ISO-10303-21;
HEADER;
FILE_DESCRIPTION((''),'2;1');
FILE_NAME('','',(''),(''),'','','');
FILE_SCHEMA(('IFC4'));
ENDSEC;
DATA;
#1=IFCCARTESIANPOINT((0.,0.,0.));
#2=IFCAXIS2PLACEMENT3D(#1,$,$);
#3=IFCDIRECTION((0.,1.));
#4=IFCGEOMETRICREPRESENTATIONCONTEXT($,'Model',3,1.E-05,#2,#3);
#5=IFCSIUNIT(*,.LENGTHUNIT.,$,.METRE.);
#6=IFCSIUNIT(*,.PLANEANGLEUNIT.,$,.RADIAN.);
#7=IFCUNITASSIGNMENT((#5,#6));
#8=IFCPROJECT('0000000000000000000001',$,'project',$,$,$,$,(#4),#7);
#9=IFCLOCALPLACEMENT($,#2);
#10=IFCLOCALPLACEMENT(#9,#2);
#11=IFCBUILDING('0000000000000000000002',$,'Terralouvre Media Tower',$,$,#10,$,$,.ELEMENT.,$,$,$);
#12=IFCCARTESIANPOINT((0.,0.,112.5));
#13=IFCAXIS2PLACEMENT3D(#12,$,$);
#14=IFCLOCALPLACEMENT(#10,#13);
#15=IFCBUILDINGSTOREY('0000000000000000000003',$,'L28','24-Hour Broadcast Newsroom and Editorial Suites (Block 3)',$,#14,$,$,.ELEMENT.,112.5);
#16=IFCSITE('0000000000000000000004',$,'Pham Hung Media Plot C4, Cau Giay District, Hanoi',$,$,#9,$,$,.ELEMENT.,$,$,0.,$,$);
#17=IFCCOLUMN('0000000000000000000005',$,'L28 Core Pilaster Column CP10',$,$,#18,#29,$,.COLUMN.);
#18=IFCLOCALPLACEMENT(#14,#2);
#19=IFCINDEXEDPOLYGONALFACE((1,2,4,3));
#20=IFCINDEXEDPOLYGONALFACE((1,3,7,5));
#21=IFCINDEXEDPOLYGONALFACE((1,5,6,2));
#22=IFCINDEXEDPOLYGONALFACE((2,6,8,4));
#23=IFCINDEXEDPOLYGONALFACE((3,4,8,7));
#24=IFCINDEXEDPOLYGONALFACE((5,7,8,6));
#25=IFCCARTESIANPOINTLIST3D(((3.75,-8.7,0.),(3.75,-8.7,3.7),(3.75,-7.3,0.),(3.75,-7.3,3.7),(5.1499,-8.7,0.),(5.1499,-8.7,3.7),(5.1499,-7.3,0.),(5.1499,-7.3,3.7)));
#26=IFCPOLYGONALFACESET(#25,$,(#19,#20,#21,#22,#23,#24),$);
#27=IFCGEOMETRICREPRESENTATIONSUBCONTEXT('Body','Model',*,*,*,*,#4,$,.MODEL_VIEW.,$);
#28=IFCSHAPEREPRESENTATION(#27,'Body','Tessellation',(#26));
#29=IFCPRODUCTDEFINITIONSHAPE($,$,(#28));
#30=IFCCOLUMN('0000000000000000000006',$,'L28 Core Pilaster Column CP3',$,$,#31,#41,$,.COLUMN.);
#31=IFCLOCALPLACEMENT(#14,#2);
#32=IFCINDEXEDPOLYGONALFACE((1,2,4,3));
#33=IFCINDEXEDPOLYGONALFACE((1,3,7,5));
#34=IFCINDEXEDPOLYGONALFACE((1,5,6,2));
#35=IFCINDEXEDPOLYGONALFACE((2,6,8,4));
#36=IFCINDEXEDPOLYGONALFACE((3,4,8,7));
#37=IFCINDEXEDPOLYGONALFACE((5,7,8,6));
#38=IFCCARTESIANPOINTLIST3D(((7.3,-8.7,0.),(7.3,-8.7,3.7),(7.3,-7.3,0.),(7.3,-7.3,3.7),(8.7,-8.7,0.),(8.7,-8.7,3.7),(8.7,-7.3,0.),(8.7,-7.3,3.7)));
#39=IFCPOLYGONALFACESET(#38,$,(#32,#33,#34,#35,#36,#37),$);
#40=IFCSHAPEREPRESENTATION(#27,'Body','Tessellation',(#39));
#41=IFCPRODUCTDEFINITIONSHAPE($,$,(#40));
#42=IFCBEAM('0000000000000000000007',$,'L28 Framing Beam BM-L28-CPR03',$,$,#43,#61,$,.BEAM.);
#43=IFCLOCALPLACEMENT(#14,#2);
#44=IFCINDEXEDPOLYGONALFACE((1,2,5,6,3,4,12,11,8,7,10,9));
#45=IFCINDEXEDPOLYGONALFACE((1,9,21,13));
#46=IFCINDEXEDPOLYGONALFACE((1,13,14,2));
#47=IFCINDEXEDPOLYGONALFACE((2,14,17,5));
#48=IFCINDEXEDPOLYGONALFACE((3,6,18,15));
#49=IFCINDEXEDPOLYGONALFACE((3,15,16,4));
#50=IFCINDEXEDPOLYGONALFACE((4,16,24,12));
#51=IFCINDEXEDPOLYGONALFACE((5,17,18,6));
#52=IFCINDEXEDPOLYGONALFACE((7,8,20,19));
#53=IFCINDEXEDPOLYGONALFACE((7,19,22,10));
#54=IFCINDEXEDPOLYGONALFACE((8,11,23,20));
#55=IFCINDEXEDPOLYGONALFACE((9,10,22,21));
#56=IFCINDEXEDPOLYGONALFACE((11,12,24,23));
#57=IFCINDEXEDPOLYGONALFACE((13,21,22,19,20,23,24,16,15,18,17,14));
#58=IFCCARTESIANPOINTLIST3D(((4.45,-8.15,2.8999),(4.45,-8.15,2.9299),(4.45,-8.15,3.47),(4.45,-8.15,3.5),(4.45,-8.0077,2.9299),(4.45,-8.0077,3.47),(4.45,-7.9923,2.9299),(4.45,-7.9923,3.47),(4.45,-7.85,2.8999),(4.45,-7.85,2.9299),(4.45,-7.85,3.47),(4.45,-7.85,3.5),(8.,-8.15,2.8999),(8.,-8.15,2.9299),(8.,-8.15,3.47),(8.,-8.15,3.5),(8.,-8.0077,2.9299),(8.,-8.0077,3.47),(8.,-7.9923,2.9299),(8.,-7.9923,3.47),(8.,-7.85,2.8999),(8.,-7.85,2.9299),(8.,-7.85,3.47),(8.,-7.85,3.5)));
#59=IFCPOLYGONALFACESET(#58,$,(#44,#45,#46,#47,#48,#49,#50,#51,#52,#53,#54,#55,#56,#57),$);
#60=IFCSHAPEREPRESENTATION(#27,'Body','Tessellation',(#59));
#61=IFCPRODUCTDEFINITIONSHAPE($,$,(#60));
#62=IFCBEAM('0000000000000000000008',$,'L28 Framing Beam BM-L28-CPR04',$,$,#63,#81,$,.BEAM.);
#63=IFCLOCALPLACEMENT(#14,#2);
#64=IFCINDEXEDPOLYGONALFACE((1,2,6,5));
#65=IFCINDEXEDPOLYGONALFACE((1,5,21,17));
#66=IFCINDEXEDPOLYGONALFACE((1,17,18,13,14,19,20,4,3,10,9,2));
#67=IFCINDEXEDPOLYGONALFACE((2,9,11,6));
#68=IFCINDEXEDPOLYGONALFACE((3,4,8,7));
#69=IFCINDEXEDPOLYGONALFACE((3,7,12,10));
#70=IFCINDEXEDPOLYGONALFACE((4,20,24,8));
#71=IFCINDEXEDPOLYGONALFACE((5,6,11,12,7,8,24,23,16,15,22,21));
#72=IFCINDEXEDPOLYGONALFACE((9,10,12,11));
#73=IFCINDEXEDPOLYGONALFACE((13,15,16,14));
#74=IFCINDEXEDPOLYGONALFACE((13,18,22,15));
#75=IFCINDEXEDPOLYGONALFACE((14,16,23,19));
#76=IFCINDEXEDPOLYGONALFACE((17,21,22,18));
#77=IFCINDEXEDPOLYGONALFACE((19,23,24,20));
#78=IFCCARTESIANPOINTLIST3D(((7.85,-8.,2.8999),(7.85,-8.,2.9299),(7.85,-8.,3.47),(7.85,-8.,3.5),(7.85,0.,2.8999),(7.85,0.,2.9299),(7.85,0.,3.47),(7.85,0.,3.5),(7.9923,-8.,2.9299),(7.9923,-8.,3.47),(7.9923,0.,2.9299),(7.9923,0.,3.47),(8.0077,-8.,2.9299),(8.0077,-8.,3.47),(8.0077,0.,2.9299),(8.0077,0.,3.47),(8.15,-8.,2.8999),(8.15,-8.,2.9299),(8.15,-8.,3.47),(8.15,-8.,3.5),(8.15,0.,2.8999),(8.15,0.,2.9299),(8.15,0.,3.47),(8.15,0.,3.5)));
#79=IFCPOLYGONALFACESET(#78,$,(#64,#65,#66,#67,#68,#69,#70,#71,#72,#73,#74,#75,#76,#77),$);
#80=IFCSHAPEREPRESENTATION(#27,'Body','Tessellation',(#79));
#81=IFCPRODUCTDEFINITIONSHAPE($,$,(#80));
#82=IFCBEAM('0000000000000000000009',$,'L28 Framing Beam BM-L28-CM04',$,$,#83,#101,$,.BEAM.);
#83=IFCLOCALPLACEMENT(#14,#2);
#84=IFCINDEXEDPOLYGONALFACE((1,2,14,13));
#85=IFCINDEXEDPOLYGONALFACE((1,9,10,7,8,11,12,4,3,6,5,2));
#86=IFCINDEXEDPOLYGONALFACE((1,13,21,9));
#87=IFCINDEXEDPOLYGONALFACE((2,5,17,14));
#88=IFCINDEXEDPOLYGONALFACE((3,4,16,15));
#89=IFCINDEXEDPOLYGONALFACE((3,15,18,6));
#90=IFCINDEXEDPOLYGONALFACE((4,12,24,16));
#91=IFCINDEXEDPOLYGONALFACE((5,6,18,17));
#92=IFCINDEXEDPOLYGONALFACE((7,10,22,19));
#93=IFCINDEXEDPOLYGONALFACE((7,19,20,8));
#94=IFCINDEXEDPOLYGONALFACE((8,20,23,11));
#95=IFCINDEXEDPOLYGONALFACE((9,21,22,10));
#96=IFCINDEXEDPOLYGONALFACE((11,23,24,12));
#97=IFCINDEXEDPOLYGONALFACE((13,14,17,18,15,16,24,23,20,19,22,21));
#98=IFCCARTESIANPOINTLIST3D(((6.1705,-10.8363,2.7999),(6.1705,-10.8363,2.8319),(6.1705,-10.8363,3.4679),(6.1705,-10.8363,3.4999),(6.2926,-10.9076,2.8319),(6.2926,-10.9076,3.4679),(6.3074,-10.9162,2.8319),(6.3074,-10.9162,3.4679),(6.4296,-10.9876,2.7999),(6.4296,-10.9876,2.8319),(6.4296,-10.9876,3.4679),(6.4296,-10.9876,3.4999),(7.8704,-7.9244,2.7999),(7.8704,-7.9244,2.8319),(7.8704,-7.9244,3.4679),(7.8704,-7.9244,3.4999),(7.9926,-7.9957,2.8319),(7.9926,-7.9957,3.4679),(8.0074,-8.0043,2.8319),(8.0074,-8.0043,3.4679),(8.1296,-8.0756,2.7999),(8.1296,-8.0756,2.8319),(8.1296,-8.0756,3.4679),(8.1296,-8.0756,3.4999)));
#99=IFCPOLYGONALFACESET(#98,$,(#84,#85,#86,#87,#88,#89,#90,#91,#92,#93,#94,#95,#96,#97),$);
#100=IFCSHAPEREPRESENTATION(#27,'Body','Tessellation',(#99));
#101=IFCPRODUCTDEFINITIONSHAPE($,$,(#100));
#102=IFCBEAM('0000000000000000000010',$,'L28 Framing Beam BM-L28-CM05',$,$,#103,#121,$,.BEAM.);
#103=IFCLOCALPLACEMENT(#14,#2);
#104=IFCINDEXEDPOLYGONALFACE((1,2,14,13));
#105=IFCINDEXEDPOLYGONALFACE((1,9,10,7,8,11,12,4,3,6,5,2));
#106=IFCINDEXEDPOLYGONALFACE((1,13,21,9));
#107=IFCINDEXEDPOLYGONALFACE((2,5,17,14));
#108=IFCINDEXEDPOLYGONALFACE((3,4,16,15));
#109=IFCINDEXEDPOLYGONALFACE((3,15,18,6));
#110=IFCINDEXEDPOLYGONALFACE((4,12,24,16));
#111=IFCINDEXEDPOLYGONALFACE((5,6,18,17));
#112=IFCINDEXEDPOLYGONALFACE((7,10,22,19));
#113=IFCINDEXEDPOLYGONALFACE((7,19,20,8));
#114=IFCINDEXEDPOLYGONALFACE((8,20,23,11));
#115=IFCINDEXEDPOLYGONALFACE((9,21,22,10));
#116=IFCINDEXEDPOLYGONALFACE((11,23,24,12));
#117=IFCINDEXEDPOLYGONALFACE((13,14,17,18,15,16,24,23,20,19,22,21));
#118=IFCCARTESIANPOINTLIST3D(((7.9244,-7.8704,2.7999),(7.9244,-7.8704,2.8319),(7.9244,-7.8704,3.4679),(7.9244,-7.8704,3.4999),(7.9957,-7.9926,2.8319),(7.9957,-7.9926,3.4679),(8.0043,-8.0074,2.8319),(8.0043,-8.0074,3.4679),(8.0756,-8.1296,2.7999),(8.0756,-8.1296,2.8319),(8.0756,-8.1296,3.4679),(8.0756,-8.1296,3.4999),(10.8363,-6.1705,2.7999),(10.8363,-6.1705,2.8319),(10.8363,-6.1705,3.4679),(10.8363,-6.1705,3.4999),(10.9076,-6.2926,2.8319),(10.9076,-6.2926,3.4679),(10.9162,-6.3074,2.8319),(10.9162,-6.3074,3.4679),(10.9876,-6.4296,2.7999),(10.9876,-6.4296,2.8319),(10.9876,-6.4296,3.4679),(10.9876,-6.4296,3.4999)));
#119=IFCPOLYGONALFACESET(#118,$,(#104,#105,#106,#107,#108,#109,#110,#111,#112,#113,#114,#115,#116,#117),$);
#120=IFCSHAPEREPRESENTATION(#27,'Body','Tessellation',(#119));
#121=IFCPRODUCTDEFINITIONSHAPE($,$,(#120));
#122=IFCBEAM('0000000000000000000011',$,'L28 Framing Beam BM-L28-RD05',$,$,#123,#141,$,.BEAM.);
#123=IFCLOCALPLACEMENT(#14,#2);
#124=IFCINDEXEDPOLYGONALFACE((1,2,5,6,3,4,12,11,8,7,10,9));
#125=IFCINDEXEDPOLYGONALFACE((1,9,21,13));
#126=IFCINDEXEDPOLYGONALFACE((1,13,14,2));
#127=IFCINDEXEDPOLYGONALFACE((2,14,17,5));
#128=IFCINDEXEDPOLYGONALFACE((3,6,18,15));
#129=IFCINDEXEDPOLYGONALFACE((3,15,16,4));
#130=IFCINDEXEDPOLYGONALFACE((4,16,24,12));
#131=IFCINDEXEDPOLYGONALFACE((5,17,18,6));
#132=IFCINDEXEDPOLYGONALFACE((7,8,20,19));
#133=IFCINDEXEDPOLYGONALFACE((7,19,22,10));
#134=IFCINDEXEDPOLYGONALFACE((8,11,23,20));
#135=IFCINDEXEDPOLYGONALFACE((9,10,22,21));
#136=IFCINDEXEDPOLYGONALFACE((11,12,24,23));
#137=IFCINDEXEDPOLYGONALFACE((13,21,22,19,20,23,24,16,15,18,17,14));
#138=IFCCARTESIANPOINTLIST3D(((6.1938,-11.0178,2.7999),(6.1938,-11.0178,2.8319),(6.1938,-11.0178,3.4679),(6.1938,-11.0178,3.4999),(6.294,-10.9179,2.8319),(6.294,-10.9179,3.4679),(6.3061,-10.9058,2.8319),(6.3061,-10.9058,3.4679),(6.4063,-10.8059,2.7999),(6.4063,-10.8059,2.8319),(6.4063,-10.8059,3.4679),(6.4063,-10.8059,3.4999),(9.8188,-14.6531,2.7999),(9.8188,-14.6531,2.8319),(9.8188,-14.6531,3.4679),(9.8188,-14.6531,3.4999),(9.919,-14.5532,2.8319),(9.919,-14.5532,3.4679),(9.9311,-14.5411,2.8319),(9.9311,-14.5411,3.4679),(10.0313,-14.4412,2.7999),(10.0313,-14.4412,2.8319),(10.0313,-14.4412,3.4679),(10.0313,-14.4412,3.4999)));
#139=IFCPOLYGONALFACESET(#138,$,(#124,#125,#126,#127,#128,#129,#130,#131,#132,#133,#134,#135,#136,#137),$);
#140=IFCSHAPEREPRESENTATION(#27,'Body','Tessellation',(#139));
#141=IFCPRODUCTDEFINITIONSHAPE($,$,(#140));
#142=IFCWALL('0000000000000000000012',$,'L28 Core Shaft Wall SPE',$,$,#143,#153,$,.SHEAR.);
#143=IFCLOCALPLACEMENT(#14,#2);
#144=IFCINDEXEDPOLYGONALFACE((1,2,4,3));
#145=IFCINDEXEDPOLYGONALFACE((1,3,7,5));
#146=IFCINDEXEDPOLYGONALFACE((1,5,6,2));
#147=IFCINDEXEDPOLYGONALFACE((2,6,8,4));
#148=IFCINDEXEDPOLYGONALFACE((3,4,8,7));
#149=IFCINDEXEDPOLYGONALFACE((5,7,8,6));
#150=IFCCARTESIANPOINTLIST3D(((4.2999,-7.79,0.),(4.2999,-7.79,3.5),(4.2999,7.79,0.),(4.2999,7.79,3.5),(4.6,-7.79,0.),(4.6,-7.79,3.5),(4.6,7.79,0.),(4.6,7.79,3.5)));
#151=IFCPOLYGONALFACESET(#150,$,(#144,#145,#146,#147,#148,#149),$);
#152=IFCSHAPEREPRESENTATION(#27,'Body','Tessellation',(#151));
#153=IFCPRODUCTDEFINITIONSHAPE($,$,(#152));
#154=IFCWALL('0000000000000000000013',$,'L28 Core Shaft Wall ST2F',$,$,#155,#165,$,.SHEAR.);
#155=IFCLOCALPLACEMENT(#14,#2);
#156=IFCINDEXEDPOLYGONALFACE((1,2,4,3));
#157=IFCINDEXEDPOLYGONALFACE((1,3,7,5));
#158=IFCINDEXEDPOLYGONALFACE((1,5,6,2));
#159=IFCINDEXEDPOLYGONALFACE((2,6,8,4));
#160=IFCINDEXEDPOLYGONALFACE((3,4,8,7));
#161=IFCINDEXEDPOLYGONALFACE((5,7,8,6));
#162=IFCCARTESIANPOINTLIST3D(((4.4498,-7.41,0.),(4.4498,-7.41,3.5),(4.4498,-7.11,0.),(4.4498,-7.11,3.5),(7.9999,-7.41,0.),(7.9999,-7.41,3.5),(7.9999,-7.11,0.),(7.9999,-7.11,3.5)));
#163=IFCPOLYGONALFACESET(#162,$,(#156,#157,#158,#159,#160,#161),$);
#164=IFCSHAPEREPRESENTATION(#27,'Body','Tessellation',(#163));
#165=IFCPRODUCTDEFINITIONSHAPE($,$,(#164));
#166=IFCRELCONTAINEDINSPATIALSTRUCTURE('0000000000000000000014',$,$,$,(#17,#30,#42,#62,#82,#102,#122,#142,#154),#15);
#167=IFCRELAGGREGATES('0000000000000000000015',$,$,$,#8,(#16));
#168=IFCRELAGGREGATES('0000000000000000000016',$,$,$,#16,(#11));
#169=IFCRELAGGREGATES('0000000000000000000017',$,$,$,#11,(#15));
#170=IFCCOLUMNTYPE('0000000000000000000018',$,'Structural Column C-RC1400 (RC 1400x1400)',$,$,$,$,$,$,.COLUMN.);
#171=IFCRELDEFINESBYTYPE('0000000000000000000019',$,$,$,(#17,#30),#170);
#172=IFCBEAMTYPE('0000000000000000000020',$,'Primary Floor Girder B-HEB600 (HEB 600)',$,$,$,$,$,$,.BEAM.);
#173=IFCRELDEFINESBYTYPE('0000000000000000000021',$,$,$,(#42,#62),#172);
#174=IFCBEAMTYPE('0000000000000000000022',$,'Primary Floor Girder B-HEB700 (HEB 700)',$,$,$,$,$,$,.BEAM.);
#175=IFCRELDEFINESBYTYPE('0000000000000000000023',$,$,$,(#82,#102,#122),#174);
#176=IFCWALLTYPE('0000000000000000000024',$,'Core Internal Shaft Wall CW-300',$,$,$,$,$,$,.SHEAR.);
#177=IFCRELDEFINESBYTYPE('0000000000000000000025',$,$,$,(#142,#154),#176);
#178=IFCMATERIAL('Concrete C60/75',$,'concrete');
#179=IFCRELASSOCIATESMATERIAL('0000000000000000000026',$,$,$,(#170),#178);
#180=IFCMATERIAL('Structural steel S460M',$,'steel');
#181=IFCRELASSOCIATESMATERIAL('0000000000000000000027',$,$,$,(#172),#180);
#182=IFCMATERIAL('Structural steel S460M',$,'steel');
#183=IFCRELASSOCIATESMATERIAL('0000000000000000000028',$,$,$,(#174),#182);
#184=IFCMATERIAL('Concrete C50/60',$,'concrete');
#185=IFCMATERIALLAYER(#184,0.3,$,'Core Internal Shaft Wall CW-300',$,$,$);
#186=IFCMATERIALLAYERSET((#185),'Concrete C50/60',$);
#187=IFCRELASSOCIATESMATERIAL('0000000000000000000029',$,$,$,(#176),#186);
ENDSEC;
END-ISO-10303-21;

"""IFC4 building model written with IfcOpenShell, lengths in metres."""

from ifc_helpers import new_model, si_unit, direction, frame, frame_2d, origin, origin_2d, place, context, subcontext, project, spatial, rectangle, i_section, extrude, material, layer, layer_set, material_profile, profile_set, type_object, element, save


model = new_model("IFC4")

# Units and contexts
model_context = context("Model", 3, precision=1e-05, world=origin(), true_north=direction((0.0, 1.0)))
body_context = subcontext(model_context, "Body", "Model", "MODEL_VIEW")
ifc_project = project(units=[si_unit("LENGTHUNIT", "METRE"), si_unit("PLANEANGLEUNIT", "RADIAN")], contexts=[model_context])

# Site, building, storey
site_placement = place(None, origin())
site = spatial("IfcSite", under=ifc_project, at=site_placement, Name="Pham Hung Media Plot C4, Cau Giay District, Hanoi", CompositionType="ELEMENT", RefElevation=0.0)
building_placement = place(site_placement, origin())
building = spatial("IfcBuilding", under=site, at=building_placement, Name="Terralouvre Media Tower", CompositionType="ELEMENT")
storey_placement = place(building_placement, frame((0.0, 0.0, 112.5)))
storey = spatial("IfcBuildingStorey", under=building, at=storey_placement, Name="L28", Description="24-Hour Broadcast Newsroom and Editorial Suites (Block 3)", CompositionType="ELEMENT", Elevation=112.5)

# Columns
ifc_material_1 = material(Name="Concrete C60/75", Category="concrete")
ifc_material_profile_1 = material_profile(ifc_material_1, rectangle(XDim=1.3999, YDim=1.3999, at=origin_2d()), Name="RC 1400x1400")
ifc_profile_set_1 = profile_set([ifc_material_profile_1], Name="Concrete C60/75")
column_type = type_object("IfcColumnType", Name="Structural Column C-RC1400 (RC 1400x1400)", PredefinedType="COLUMN", material=ifc_profile_set_1)
for number, where, z_axis, x_axis, name in (
    (1, (4.45, -8.0, 0.0), (0.0, 0.0, 1.0), (1.0, 0.0, 0.0), "L28 Core Pilaster Column CP10"),
    (2, (8.0, -8.0, 0.0), (0.0, 0.0, 1.0), (1.0, 0.0, 0.0), "L28 Core Pilaster Column CP3"),
):
    element("IfcColumn", number, at=place(storey_placement, frame(where, z_axis=z_axis, x_axis=x_axis)), inside=storey, type_object=column_type, Name=name, PredefinedType="COLUMN", context=body_context, shape_type="SweptSolid", body=[
        extrude(rectangle(XDim=1.3999, YDim=1.3999, at=origin_2d()), origin(), (0.0, 0.0, 1.0), 3.7),
    ])

# Beams
ifc_material_2 = material(Name="Structural steel S460M", Category="steel")
ifc_material_profile_2 = material_profile(ifc_material_2, i_section(OverallWidth=0.3, OverallDepth=0.6001, WebThickness=0.0154, FlangeThickness=0.03, at=origin_2d()), Name="HEB 600")
ifc_profile_set_2 = profile_set([ifc_material_profile_2], Name="Structural steel S460M")
beam_type_1 = type_object("IfcBeamType", Name="Primary Floor Girder B-HEB600 (HEB 600)", PredefinedType="BEAM", material=ifc_profile_set_2)
beam_1_placement = place(storey_placement, frame((4.45, -8.0, 3.2), z_axis=(1.0, 0.0, 0.0), x_axis=(0.0, 1.0, 0.0)))
element("IfcBeam", 3, at=beam_1_placement, inside=storey, type_object=beam_type_1, Name="L28 Framing Beam BM-L28-CPR03", PredefinedType="BEAM", context=body_context, shape_type="SweptSolid", body=[
    extrude(i_section(OverallWidth=0.3, OverallDepth=0.6001, WebThickness=0.0154, FlangeThickness=0.03, at=origin_2d()), origin(), (0.0, 0.0, 1.0), 3.55),
])
beam_2_placement = place(storey_placement, frame((8.0, -8.0, 3.2), z_axis=(0.0, 1.0, 0.0), x_axis=(-1.0, 0.0, 0.0)))
element("IfcBeam", 4, at=beam_2_placement, inside=storey, type_object=beam_type_1, Name="L28 Framing Beam BM-L28-CPR04", PredefinedType="BEAM", context=body_context, shape_type="SweptSolid", body=[
    extrude(i_section(OverallWidth=0.3, OverallDepth=0.6001, WebThickness=0.0154, FlangeThickness=0.03, at=origin_2d()), origin(), (0.0, 0.0, 1.0), 8.0),
])
ifc_material_3 = material(Name="Structural steel S460M", Category="steel")
ifc_material_profile_3 = material_profile(ifc_material_3, i_section(OverallWidth=0.3, OverallDepth=0.7, WebThickness=0.0171, FlangeThickness=0.032, at=origin_2d()), Name="HEB 700")
ifc_profile_set_3 = profile_set([ifc_material_profile_3], Name="Structural steel S460M")
beam_type_2 = type_object("IfcBeamType", Name="Primary Floor Girder B-HEB700 (HEB 700)", PredefinedType="BEAM", material=ifc_profile_set_3)
for number, where, z_axis, x_axis, name in (
    (5, (8.0, -8.0, 3.1499), (-0.504173, -0.863603, 0.0), (0.863603, -0.504173, 0.0), "L28 Framing Beam BM-L28-CM04"),
    (6, (8.0, -8.0, 3.1499), (0.863603, 0.504173, 0.0), (-0.504173, 0.863603, 0.0), "L28 Framing Beam BM-L28-CM05"),
):
    element("IfcBeam", number, at=place(storey_placement, frame(where, z_axis=z_axis, x_axis=x_axis)), inside=storey, type_object=beam_type_2, Name=name, PredefinedType="BEAM", context=body_context, shape_type="SweptSolid", body=[
        extrude(i_section(OverallWidth=0.3, OverallDepth=0.7, WebThickness=0.0171, FlangeThickness=0.032, at=origin_2d()), origin(), (0.0, 0.0, 1.0), 3.3718),
    ])
beam_3_placement = place(storey_placement, frame((6.3, -10.9119, 3.1499), z_axis=(0.706107, -0.708105, 0.0), x_axis=(0.708105, 0.706107, 0.0)))
element("IfcBeam", 7, at=beam_3_placement, inside=storey, type_object=beam_type_2, Name="L28 Framing Beam BM-L28-RD05", PredefinedType="BEAM", context=body_context, shape_type="SweptSolid", body=[
    extrude(i_section(OverallWidth=0.3, OverallDepth=0.7, WebThickness=0.0171, FlangeThickness=0.032, at=origin_2d()), origin(), (0.0, 0.0, 1.0), 5.1338),
])

# Walls
ifc_material_4 = material(Name="Concrete C50/60", Category="concrete")
ifc_layer_1 = layer(ifc_material_4, 0.3, Name="Core Internal Shaft Wall CW-300")
ifc_layer_set_1 = layer_set([ifc_layer_1], Name="Concrete C50/60")
wall_type_1 = type_object("IfcWallType", Name="Core Internal Shaft Wall CW-300", PredefinedType="SHEAR", material=ifc_layer_set_1)
wall_1_placement = place(storey_placement, frame((4.45, -7.79, 0.0), z_axis=(0.0, 0.0, 1.0), x_axis=(0.0, 1.0, 0.0)))
element("IfcWall", 8, at=wall_1_placement, inside=storey, type_object=wall_type_1, Name="L28 Core Shaft Wall SPE", PredefinedType="SHEAR", context=body_context, shape_type="SweptSolid", body=[
    extrude(rectangle(XDim=15.5801, YDim=0.3, at=frame_2d((7.79, 0.0))), origin(), (0.0, 0.0, 1.0), 3.5),
])
wall_2_placement = place(storey_placement, frame((4.45, -7.26, 0.0), z_axis=(0.0, 0.0, 1.0), x_axis=(1.0, 0.0, 0.0)))
element("IfcWall", 9, at=wall_2_placement, inside=storey, type_object=wall_type_1, Name="L28 Core Shaft Wall ST2F", PredefinedType="SHEAR", context=body_context, shape_type="SweptSolid", body=[
    extrude(rectangle(XDim=3.55, YDim=0.3, at=frame_2d((1.7749, 0.0))), origin(), (0.0, 0.0, 1.0), 3.5),
])

save(model, "model.ifc")
